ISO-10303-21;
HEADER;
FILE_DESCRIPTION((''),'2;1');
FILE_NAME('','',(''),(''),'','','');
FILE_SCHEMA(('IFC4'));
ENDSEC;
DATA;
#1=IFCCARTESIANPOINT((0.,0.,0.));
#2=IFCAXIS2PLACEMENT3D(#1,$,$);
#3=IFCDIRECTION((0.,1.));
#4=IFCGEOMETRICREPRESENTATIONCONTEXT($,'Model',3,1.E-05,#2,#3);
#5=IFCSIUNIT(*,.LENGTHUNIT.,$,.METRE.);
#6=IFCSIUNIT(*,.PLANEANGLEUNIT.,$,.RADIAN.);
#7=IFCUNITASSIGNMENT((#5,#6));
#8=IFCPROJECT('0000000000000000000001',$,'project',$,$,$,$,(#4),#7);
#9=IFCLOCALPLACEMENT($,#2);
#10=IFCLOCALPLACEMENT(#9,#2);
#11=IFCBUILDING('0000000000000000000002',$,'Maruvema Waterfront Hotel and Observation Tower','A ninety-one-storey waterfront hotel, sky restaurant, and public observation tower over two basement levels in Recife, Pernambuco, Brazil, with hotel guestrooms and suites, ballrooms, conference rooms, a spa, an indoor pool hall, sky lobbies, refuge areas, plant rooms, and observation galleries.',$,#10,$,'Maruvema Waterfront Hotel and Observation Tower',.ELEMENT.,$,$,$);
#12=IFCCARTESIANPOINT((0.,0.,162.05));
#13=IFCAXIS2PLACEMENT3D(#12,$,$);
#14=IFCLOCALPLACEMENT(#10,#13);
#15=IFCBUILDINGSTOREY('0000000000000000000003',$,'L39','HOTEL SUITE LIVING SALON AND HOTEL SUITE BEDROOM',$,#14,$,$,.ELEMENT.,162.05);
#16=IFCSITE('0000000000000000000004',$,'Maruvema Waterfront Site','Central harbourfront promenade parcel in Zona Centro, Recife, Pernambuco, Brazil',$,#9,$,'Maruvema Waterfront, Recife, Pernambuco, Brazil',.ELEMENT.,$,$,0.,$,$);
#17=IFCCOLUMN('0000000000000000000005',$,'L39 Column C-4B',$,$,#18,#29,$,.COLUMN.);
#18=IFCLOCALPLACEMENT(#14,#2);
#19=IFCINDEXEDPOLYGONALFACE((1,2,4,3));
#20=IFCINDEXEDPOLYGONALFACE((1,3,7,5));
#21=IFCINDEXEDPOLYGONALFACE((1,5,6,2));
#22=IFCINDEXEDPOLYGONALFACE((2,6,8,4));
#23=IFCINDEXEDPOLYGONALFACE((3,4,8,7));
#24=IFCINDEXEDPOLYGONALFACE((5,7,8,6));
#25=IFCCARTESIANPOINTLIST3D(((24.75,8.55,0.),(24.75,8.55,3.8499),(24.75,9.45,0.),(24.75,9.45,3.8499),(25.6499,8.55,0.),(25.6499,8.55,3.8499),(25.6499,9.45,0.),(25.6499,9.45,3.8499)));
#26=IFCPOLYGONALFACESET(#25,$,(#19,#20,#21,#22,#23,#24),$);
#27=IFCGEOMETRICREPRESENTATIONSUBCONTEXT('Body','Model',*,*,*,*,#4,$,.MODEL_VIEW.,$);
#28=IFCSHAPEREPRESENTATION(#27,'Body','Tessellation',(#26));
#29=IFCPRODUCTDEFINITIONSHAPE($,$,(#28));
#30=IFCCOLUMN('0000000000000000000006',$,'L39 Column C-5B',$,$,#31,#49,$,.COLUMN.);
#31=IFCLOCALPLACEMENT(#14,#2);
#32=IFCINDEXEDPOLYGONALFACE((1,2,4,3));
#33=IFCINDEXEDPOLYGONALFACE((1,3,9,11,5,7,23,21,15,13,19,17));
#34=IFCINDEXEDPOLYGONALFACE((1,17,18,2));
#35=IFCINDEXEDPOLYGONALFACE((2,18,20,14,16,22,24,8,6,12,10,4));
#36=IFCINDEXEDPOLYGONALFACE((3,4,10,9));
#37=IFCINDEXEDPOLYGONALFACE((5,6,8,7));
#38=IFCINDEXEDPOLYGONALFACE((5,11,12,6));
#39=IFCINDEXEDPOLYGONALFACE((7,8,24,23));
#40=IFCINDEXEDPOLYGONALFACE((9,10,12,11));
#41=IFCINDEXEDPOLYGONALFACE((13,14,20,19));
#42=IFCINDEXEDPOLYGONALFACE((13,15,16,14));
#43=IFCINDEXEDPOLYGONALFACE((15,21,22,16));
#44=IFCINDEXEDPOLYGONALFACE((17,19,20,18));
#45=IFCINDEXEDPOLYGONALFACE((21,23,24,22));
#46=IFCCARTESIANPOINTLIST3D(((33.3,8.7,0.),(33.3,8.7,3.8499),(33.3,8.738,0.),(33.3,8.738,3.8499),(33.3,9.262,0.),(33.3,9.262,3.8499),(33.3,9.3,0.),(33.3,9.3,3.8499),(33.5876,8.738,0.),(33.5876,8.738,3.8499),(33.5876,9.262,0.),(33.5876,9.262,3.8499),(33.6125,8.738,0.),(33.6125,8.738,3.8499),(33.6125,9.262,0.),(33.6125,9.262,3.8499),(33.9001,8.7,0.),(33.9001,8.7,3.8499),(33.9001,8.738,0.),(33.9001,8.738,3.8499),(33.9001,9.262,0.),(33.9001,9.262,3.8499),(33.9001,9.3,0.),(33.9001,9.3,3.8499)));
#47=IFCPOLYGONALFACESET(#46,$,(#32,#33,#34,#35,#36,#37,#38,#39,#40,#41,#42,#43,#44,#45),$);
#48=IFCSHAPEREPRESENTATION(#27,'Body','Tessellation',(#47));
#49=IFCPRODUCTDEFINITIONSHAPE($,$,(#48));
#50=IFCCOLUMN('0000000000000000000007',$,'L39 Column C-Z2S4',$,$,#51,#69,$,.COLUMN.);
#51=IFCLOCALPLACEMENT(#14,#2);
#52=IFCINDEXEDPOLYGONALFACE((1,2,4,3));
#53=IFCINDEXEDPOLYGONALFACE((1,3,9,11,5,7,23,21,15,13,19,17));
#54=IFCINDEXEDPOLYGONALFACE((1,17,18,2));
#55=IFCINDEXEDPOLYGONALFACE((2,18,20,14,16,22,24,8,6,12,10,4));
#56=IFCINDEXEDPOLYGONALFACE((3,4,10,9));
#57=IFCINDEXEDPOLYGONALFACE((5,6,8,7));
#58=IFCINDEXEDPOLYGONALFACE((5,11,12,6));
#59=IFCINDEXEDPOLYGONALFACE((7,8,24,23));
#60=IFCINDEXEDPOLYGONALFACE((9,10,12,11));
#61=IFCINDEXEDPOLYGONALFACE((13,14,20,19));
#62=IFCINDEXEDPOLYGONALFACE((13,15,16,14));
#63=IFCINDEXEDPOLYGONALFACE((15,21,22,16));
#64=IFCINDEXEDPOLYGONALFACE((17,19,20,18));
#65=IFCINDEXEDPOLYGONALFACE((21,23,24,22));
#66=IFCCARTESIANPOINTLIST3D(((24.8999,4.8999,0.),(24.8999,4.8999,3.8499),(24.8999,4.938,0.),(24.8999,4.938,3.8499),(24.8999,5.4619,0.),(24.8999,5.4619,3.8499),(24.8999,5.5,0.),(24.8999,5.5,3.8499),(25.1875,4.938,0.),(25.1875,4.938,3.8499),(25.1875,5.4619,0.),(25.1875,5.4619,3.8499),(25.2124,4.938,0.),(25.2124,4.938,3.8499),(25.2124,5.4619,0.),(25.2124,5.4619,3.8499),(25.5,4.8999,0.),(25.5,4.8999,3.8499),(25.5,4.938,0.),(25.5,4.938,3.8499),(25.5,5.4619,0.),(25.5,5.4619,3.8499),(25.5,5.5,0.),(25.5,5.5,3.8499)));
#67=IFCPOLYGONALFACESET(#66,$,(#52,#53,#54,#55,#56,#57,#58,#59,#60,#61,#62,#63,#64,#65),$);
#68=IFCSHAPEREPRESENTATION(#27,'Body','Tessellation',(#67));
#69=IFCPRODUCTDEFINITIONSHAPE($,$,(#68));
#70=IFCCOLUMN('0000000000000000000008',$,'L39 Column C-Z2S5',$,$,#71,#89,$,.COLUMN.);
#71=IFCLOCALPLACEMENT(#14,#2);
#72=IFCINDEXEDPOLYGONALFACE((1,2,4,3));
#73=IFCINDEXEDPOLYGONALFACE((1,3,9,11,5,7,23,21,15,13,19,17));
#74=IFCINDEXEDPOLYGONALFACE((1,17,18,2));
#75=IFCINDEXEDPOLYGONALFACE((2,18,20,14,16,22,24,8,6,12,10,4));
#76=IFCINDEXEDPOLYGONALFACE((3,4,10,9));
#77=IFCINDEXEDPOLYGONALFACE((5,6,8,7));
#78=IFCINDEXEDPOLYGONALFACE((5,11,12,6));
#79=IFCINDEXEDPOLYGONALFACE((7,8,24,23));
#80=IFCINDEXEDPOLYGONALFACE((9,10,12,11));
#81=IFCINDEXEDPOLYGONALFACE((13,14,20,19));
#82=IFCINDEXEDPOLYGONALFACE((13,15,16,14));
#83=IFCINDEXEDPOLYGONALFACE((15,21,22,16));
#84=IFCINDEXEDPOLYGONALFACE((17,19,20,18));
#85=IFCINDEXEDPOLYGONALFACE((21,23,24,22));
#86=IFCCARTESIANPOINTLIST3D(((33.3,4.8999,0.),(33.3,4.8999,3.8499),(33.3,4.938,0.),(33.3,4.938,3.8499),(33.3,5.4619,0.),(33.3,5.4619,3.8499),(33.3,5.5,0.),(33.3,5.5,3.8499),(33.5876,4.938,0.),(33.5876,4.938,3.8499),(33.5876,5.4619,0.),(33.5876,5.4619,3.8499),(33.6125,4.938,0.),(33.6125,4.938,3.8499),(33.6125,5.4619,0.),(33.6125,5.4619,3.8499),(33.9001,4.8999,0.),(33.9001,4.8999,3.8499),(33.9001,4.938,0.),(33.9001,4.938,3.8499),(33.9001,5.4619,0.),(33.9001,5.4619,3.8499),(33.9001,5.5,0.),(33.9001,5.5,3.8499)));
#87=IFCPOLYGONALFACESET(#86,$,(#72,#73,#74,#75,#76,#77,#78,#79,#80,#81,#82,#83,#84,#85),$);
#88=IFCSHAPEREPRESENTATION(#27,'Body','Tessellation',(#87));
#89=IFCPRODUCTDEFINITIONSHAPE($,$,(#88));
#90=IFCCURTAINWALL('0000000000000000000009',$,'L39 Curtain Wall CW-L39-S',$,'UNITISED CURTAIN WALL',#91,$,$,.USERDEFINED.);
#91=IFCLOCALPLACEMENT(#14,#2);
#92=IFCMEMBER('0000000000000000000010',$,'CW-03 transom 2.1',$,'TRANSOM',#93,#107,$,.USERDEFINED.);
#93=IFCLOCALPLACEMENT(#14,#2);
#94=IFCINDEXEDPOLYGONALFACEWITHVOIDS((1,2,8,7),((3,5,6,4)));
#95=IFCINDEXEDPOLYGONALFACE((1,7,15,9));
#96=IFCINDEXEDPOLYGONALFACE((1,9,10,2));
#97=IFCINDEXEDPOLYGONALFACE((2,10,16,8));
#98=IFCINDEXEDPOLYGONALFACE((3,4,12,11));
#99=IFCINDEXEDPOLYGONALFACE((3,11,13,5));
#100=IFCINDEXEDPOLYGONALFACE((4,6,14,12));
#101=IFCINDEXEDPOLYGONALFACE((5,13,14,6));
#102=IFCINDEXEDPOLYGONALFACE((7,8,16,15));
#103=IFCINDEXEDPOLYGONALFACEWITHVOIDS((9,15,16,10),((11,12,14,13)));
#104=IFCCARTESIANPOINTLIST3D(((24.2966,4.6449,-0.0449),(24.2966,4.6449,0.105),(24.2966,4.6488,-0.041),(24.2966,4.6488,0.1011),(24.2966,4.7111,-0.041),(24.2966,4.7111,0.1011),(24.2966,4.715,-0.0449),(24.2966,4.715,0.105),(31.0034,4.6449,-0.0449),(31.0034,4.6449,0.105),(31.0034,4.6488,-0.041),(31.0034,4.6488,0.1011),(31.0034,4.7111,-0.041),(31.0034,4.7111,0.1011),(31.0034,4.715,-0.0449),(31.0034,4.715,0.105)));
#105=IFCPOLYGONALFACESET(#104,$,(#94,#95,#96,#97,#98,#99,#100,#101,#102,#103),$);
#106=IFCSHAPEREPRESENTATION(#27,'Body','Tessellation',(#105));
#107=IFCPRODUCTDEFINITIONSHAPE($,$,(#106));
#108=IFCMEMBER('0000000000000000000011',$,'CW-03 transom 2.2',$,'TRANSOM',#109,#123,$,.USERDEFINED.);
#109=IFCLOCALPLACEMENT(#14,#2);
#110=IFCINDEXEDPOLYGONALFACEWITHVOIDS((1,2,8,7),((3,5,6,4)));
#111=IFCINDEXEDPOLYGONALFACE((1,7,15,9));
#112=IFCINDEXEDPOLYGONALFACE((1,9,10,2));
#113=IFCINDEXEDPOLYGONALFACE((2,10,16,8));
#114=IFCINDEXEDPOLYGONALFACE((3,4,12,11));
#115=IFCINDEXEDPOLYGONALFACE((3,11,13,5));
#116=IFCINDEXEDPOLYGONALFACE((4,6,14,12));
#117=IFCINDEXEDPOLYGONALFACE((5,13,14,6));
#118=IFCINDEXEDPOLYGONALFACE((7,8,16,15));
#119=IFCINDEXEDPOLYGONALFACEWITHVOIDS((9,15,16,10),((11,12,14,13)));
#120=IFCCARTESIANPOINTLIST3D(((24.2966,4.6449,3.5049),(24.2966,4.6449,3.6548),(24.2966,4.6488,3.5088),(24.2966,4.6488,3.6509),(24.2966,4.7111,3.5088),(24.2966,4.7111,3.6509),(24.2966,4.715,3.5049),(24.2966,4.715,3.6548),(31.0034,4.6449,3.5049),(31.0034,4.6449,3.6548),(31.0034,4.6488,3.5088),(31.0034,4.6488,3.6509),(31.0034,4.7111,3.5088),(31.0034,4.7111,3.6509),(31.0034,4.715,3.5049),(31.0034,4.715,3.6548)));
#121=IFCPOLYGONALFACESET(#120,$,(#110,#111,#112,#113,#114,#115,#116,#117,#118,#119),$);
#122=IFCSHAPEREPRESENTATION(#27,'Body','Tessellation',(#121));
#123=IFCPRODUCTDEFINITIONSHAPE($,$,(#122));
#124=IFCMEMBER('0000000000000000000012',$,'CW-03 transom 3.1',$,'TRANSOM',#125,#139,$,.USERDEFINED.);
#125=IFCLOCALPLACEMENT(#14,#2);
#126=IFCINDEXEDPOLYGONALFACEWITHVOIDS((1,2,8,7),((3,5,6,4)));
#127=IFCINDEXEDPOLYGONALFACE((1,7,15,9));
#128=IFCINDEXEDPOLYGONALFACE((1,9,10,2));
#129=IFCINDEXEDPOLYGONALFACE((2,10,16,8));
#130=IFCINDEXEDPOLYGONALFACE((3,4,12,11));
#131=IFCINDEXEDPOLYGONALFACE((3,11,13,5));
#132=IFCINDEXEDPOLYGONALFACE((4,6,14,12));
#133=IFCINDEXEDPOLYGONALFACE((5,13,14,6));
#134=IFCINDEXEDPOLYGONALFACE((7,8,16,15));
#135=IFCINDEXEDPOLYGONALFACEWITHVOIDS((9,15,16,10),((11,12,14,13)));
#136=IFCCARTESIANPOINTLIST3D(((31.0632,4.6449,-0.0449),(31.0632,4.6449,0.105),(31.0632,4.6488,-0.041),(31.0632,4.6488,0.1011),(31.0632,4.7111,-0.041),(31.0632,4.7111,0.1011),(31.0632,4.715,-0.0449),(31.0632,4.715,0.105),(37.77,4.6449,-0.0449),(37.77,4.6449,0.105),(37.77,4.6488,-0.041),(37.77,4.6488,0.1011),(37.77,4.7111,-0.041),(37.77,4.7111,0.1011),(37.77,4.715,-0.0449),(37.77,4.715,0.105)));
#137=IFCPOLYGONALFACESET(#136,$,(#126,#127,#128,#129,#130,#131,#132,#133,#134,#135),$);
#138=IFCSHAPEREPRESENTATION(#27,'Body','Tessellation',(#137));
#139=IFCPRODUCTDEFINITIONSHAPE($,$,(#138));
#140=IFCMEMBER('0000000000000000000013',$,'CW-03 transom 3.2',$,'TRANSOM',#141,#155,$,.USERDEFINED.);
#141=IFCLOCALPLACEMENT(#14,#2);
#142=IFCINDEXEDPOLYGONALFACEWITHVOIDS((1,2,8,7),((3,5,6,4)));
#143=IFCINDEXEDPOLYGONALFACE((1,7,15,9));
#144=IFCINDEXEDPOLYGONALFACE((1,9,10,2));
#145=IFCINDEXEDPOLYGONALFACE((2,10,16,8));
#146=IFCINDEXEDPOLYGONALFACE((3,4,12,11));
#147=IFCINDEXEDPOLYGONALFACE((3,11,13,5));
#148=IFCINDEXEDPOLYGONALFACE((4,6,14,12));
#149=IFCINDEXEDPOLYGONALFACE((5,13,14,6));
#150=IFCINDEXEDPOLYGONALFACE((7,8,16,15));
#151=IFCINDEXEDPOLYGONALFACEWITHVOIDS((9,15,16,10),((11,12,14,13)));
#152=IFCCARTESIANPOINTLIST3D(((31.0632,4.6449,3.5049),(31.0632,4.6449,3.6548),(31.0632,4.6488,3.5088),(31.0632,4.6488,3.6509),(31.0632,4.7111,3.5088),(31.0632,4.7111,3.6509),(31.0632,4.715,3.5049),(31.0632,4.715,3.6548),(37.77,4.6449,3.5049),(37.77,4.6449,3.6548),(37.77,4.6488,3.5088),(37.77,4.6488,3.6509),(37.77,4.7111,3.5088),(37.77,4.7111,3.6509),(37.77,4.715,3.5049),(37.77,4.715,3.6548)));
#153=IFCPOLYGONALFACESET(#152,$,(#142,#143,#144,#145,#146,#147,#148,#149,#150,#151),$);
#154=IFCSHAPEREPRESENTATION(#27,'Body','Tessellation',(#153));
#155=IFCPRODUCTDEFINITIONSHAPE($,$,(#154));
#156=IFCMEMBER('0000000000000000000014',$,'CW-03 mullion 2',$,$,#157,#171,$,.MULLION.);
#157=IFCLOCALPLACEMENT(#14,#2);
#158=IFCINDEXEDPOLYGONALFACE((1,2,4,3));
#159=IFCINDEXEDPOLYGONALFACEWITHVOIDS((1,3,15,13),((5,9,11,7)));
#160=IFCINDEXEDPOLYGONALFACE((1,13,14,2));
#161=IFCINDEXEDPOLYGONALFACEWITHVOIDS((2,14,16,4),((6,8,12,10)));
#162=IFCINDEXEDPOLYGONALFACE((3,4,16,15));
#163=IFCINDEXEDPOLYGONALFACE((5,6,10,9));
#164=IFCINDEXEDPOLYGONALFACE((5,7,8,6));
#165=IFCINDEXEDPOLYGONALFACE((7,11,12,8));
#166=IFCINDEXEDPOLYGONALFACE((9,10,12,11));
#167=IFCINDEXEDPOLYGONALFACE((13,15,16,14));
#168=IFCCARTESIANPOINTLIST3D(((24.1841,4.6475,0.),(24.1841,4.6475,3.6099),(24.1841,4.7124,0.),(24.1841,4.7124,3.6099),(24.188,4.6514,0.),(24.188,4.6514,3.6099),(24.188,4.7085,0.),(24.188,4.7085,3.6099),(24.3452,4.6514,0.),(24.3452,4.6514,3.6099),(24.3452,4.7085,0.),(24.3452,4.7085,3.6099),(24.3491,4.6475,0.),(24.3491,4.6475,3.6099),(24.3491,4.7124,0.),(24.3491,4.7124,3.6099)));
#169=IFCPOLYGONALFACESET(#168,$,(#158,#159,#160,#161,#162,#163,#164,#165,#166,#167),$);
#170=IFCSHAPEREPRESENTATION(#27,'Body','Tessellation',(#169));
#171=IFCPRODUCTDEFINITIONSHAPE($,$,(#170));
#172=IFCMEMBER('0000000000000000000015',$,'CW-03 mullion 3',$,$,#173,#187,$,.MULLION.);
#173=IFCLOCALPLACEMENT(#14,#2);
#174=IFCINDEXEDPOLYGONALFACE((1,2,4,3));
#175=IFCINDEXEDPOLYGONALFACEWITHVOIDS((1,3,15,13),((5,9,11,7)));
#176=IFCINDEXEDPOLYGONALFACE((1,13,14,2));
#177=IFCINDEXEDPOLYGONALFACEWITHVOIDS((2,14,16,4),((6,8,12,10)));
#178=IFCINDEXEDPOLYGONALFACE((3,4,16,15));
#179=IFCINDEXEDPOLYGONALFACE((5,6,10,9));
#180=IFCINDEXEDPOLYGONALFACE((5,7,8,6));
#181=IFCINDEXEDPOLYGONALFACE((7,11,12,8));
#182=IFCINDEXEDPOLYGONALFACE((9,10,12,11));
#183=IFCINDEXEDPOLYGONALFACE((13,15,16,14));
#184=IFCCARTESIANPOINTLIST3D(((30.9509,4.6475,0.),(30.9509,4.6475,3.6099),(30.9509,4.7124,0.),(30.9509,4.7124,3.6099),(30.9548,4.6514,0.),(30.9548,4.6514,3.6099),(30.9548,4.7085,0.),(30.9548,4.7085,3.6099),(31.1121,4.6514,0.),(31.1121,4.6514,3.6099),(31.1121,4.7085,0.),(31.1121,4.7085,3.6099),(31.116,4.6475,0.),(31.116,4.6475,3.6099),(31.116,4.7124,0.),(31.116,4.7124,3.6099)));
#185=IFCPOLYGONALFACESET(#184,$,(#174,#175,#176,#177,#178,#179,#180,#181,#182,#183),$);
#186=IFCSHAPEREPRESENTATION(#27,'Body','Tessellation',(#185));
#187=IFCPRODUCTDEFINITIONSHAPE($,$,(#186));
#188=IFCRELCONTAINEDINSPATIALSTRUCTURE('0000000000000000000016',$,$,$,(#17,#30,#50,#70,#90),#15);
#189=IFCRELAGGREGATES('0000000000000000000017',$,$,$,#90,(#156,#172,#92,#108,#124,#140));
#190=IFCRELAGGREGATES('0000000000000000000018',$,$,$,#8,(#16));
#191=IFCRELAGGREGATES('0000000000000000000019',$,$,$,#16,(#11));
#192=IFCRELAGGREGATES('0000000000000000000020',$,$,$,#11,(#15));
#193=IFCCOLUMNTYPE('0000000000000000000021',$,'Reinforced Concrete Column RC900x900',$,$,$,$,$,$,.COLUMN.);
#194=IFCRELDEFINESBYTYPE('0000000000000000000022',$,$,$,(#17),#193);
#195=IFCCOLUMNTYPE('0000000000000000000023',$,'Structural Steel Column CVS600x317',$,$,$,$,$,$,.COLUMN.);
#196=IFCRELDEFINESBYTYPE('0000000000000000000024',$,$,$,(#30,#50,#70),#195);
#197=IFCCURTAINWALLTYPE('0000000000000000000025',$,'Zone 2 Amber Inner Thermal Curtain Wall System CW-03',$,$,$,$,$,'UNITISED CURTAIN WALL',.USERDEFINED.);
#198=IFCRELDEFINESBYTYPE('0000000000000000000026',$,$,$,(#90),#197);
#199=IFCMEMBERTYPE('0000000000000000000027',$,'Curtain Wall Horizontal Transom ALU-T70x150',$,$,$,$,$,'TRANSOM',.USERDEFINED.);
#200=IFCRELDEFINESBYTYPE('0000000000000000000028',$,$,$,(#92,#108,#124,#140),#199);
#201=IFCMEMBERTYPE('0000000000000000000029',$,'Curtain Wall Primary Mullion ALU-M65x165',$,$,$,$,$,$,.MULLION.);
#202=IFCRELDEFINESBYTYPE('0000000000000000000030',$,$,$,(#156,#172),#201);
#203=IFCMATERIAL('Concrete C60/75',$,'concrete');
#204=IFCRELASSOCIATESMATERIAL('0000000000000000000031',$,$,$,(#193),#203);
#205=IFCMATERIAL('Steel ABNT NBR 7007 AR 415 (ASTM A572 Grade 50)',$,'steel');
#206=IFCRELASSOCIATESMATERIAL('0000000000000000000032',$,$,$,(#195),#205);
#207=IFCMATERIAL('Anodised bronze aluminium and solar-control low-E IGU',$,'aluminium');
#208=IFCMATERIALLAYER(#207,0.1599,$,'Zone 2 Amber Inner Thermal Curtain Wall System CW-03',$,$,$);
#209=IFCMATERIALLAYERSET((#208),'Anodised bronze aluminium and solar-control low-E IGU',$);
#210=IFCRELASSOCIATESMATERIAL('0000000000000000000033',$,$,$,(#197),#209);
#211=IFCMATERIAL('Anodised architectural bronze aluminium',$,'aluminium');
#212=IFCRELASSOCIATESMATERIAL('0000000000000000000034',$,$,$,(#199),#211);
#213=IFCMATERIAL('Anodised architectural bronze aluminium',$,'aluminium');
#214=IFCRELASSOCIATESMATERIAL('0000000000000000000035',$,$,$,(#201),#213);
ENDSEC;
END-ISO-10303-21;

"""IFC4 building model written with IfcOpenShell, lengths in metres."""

from ifc_helpers import new_model, si_unit, direction, frame, origin, origin_2d, place, context, subcontext, project, spatial, rectangle, hollow_rectangle, i_section, extrude, material, layer, layer_set, material_profile, profile_set, type_object, element, aggregate, save


model = new_model("IFC4")

# Units and contexts
model_context = context("Model", 3, precision=1e-05, world=origin(), true_north=direction((0.0, 1.0)))
body_context = subcontext(model_context, "Body", "Model", "MODEL_VIEW")
ifc_project = project(units=[si_unit("LENGTHUNIT", "METRE"), si_unit("PLANEANGLEUNIT", "RADIAN")], contexts=[model_context])

# Site, building, storey
site_placement = place(None, origin())
site = spatial("IfcSite", under=ifc_project, at=site_placement, Name="Maruvema Waterfront Site", Description="Central harbourfront promenade parcel in Zona Centro, Recife, Pernambuco, Brazil", LongName="Maruvema Waterfront, Recife, Pernambuco, Brazil", CompositionType="ELEMENT", RefElevation=0.0)
building_placement = place(site_placement, origin())
building = spatial("IfcBuilding", under=site, at=building_placement, Name="Maruvema Waterfront Hotel and Observation Tower", Description="A ninety-one-storey waterfront hotel, sky restaurant, and public observation tower over two basement levels in Recife, Pernambuco, Brazil, with hotel guestrooms and suites, ballrooms, conference rooms, a spa, an indoor pool hall, sky lobbies, refuge areas, plant rooms, and observation galleries.", LongName="Maruvema Waterfront Hotel and Observation Tower", CompositionType="ELEMENT")
storey_placement = place(building_placement, frame((0.0, 0.0, 162.05)))
storey = spatial("IfcBuildingStorey", under=building, at=storey_placement, Name="L39", Description="HOTEL SUITE LIVING SALON AND HOTEL SUITE BEDROOM", CompositionType="ELEMENT", Elevation=162.05)

# Columns
ifc_material_1 = material(Name="Concrete C60/75", Category="concrete")
ifc_material_profile_1 = material_profile(ifc_material_1, rectangle(XDim=0.8999, YDim=0.8999, at=origin_2d()), Name="RC900x900")
ifc_profile_set_1 = profile_set([ifc_material_profile_1], Name="Concrete C60/75")
column_type_1 = type_object("IfcColumnType", Name="Reinforced Concrete Column RC900x900", PredefinedType="COLUMN", material=ifc_profile_set_1)
column_placement = place(storey_placement, frame((25.2, 9.0, 0.0), z_axis=(0.0, 0.0, 1.0), x_axis=(1.0, 0.0, 0.0)))
element("IfcColumn", 1, at=column_placement, inside=storey, type_object=column_type_1, Name="L39 Column C-4B", PredefinedType="COLUMN", context=body_context, shape_type="SweptSolid", body=[
    extrude(rectangle(XDim=0.8999, YDim=0.8999, at=origin_2d()), origin(), (0.0, 0.0, 1.0), 3.8499),
])
ifc_material_2 = material(Name="Steel ABNT NBR 7007 AR 415 (ASTM A572 Grade 50)", Category="steel")
ifc_material_profile_2 = material_profile(ifc_material_2, i_section(OverallWidth=0.6001, OverallDepth=0.6001, WebThickness=0.0249, FlangeThickness=0.0381, at=origin_2d()), Name="CVS600x317")
ifc_profile_set_2 = profile_set([ifc_material_profile_2], Name="Steel ABNT NBR 7007 AR 415 (ASTM A572 Grade 50)")
column_type_2 = type_object("IfcColumnType", Name="Structural Steel Column CVS600x317", PredefinedType="COLUMN", material=ifc_profile_set_2)
for number, where, z_axis, x_axis, name in (
    (2, (33.6001, 9.0, 0.0), (0.0, 0.0, 1.0), (1.0, 0.0, 0.0), "L39 Column C-5B"),
    (3, (25.2, 5.2, 0.0), (0.0, 0.0, 1.0), (1.0, 0.0, 0.0), "L39 Column C-Z2S4"),
    (4, (33.6001, 5.2, 0.0), (0.0, 0.0, 1.0), (1.0, 0.0, 0.0), "L39 Column C-Z2S5"),
):
    element("IfcColumn", number, at=place(storey_placement, frame(where, z_axis=z_axis, x_axis=x_axis)), inside=storey, type_object=column_type_2, Name=name, PredefinedType="COLUMN", context=body_context, shape_type="SweptSolid", body=[
        extrude(i_section(OverallWidth=0.6001, OverallDepth=0.6001, WebThickness=0.0249, FlangeThickness=0.0381, at=origin_2d()), origin(), (0.0, 0.0, 1.0), 3.8499),
    ])

# Curtain wall, members
ifc_material_3 = material(Name="Anodised bronze aluminium and solar-control low-E IGU", Category="aluminium")
ifc_layer_1 = layer(ifc_material_3, 0.1599, Name="Zone 2 Amber Inner Thermal Curtain Wall System CW-03")
ifc_layer_set_1 = layer_set([ifc_layer_1], Name="Anodised bronze aluminium and solar-control low-E IGU")
curtain_wall_type = type_object("IfcCurtainWallType", Name="Zone 2 Amber Inner Thermal Curtain Wall System CW-03", ElementType="UNITISED CURTAIN WALL", PredefinedType="USERDEFINED", material=ifc_layer_set_1)
curtain_wall_placement = place(storey_placement, origin())
curtain_wall = element("IfcCurtainWall", 5, at=curtain_wall_placement, inside=storey, type_object=curtain_wall_type, Name="L39 Curtain Wall CW-L39-S", ObjectType="UNITISED CURTAIN WALL", PredefinedType="USERDEFINED")
ifc_material_4 = material(Name="Anodised architectural bronze aluminium", Category="aluminium")
ifc_material_profile_3 = material_profile(ifc_material_4, hollow_rectangle(XDim=0.0701, YDim=0.1499, WallThickness=0.0039, at=origin_2d()), Name="ALU-T70x150")
ifc_profile_set_3 = profile_set([ifc_material_profile_3], Name="Anodised architectural bronze aluminium")
member_type_1 = type_object("IfcMemberType", Name="Curtain Wall Horizontal Transom ALU-T70x150", ElementType="TRANSOM", PredefinedType="USERDEFINED", material=ifc_profile_set_3)
member_1_placement = place(storey_placement, frame((24.2966, 4.6799, 0.03), z_axis=(1.0, 0.0, 0.0), x_axis=(0.0, 1.0, 0.0)))
member_1 = element("IfcMember", 6, at=member_1_placement, type_object=member_type_1, Name="CW-03 transom 2.1", ObjectType="TRANSOM", PredefinedType="USERDEFINED", context=body_context, shape_type="SweptSolid", body=[
    extrude(hollow_rectangle(XDim=0.0701, YDim=0.1499, WallThickness=0.0039, at=origin_2d()), origin(), (0.0, 0.0, 1.0), 6.7068),
])
member_2_placement = place(storey_placement, frame((24.2966, 4.6799, 3.5798), z_axis=(1.0, 0.0, 0.0), x_axis=(0.0, 1.0, 0.0)))
member_2 = element("IfcMember", 7, at=member_2_placement, type_object=member_type_1, Name="CW-03 transom 2.2", ObjectType="TRANSOM", PredefinedType="USERDEFINED", context=body_context, shape_type="SweptSolid", body=[
    extrude(hollow_rectangle(XDim=0.0701, YDim=0.1499, WallThickness=0.0039, at=origin_2d()), origin(), (0.0, 0.0, 1.0), 6.7068),
])
member_3_placement = place(storey_placement, frame((31.0632, 4.6799, 0.03), z_axis=(1.0, 0.0, 0.0), x_axis=(0.0, 1.0, 0.0)))
member_3 = element("IfcMember", 8, at=member_3_placement, type_object=member_type_1, Name="CW-03 transom 3.1", ObjectType="TRANSOM", PredefinedType="USERDEFINED", context=body_context, shape_type="SweptSolid", body=[
    extrude(hollow_rectangle(XDim=0.0701, YDim=0.1499, WallThickness=0.0039, at=origin_2d()), origin(), (0.0, 0.0, 1.0), 6.7068),
])
member_4_placement = place(storey_placement, frame((31.0632, 4.6799, 3.5798), z_axis=(1.0, 0.0, 0.0), x_axis=(0.0, 1.0, 0.0)))
member_4 = element("IfcMember", 9, at=member_4_placement, type_object=member_type_1, Name="CW-03 transom 3.2", ObjectType="TRANSOM", PredefinedType="USERDEFINED", context=body_context, shape_type="SweptSolid", body=[
    extrude(hollow_rectangle(XDim=0.0701, YDim=0.1499, WallThickness=0.0039, at=origin_2d()), origin(), (0.0, 0.0, 1.0), 6.7068),
])
ifc_material_5 = material(Name="Anodised architectural bronze aluminium", Category="aluminium")
ifc_material_profile_4 = material_profile(ifc_material_5, hollow_rectangle(XDim=0.0649, YDim=0.165, WallThickness=0.0039, at=origin_2d()), Name="ALU-M65x165")
ifc_profile_set_4 = profile_set([ifc_material_profile_4], Name="Anodised architectural bronze aluminium")
member_type_2 = type_object("IfcMemberType", Name="Curtain Wall Primary Mullion ALU-M65x165", PredefinedType="MULLION", material=ifc_profile_set_4)
member_5_placement = place(storey_placement, frame((24.2666, 4.6799, 0.0), z_axis=(0.0, 0.0, 1.0), x_axis=(0.0, 1.0, 0.0)))
member_5 = element("IfcMember", 10, at=member_5_placement, type_object=member_type_2, Name="CW-03 mullion 2", PredefinedType="MULLION", context=body_context, shape_type="SweptSolid", body=[
    extrude(hollow_rectangle(XDim=0.0649, YDim=0.165, WallThickness=0.0039, at=origin_2d()), origin(), (0.0, 0.0, 1.0), 3.6099),
])
member_6_placement = place(storey_placement, frame((31.0334, 4.6799, 0.0), z_axis=(0.0, 0.0, 1.0), x_axis=(0.0, 1.0, 0.0)))
member_6 = element("IfcMember", 11, at=member_6_placement, type_object=member_type_2, Name="CW-03 mullion 3", PredefinedType="MULLION", context=body_context, shape_type="SweptSolid", body=[
    extrude(hollow_rectangle(XDim=0.0649, YDim=0.165, WallThickness=0.0039, at=origin_2d()), origin(), (0.0, 0.0, 1.0), 3.6099),
])

aggregate(curtain_wall, [member_5, member_6, member_1, member_2, member_3, member_4])

save(model, "model.ifc")
